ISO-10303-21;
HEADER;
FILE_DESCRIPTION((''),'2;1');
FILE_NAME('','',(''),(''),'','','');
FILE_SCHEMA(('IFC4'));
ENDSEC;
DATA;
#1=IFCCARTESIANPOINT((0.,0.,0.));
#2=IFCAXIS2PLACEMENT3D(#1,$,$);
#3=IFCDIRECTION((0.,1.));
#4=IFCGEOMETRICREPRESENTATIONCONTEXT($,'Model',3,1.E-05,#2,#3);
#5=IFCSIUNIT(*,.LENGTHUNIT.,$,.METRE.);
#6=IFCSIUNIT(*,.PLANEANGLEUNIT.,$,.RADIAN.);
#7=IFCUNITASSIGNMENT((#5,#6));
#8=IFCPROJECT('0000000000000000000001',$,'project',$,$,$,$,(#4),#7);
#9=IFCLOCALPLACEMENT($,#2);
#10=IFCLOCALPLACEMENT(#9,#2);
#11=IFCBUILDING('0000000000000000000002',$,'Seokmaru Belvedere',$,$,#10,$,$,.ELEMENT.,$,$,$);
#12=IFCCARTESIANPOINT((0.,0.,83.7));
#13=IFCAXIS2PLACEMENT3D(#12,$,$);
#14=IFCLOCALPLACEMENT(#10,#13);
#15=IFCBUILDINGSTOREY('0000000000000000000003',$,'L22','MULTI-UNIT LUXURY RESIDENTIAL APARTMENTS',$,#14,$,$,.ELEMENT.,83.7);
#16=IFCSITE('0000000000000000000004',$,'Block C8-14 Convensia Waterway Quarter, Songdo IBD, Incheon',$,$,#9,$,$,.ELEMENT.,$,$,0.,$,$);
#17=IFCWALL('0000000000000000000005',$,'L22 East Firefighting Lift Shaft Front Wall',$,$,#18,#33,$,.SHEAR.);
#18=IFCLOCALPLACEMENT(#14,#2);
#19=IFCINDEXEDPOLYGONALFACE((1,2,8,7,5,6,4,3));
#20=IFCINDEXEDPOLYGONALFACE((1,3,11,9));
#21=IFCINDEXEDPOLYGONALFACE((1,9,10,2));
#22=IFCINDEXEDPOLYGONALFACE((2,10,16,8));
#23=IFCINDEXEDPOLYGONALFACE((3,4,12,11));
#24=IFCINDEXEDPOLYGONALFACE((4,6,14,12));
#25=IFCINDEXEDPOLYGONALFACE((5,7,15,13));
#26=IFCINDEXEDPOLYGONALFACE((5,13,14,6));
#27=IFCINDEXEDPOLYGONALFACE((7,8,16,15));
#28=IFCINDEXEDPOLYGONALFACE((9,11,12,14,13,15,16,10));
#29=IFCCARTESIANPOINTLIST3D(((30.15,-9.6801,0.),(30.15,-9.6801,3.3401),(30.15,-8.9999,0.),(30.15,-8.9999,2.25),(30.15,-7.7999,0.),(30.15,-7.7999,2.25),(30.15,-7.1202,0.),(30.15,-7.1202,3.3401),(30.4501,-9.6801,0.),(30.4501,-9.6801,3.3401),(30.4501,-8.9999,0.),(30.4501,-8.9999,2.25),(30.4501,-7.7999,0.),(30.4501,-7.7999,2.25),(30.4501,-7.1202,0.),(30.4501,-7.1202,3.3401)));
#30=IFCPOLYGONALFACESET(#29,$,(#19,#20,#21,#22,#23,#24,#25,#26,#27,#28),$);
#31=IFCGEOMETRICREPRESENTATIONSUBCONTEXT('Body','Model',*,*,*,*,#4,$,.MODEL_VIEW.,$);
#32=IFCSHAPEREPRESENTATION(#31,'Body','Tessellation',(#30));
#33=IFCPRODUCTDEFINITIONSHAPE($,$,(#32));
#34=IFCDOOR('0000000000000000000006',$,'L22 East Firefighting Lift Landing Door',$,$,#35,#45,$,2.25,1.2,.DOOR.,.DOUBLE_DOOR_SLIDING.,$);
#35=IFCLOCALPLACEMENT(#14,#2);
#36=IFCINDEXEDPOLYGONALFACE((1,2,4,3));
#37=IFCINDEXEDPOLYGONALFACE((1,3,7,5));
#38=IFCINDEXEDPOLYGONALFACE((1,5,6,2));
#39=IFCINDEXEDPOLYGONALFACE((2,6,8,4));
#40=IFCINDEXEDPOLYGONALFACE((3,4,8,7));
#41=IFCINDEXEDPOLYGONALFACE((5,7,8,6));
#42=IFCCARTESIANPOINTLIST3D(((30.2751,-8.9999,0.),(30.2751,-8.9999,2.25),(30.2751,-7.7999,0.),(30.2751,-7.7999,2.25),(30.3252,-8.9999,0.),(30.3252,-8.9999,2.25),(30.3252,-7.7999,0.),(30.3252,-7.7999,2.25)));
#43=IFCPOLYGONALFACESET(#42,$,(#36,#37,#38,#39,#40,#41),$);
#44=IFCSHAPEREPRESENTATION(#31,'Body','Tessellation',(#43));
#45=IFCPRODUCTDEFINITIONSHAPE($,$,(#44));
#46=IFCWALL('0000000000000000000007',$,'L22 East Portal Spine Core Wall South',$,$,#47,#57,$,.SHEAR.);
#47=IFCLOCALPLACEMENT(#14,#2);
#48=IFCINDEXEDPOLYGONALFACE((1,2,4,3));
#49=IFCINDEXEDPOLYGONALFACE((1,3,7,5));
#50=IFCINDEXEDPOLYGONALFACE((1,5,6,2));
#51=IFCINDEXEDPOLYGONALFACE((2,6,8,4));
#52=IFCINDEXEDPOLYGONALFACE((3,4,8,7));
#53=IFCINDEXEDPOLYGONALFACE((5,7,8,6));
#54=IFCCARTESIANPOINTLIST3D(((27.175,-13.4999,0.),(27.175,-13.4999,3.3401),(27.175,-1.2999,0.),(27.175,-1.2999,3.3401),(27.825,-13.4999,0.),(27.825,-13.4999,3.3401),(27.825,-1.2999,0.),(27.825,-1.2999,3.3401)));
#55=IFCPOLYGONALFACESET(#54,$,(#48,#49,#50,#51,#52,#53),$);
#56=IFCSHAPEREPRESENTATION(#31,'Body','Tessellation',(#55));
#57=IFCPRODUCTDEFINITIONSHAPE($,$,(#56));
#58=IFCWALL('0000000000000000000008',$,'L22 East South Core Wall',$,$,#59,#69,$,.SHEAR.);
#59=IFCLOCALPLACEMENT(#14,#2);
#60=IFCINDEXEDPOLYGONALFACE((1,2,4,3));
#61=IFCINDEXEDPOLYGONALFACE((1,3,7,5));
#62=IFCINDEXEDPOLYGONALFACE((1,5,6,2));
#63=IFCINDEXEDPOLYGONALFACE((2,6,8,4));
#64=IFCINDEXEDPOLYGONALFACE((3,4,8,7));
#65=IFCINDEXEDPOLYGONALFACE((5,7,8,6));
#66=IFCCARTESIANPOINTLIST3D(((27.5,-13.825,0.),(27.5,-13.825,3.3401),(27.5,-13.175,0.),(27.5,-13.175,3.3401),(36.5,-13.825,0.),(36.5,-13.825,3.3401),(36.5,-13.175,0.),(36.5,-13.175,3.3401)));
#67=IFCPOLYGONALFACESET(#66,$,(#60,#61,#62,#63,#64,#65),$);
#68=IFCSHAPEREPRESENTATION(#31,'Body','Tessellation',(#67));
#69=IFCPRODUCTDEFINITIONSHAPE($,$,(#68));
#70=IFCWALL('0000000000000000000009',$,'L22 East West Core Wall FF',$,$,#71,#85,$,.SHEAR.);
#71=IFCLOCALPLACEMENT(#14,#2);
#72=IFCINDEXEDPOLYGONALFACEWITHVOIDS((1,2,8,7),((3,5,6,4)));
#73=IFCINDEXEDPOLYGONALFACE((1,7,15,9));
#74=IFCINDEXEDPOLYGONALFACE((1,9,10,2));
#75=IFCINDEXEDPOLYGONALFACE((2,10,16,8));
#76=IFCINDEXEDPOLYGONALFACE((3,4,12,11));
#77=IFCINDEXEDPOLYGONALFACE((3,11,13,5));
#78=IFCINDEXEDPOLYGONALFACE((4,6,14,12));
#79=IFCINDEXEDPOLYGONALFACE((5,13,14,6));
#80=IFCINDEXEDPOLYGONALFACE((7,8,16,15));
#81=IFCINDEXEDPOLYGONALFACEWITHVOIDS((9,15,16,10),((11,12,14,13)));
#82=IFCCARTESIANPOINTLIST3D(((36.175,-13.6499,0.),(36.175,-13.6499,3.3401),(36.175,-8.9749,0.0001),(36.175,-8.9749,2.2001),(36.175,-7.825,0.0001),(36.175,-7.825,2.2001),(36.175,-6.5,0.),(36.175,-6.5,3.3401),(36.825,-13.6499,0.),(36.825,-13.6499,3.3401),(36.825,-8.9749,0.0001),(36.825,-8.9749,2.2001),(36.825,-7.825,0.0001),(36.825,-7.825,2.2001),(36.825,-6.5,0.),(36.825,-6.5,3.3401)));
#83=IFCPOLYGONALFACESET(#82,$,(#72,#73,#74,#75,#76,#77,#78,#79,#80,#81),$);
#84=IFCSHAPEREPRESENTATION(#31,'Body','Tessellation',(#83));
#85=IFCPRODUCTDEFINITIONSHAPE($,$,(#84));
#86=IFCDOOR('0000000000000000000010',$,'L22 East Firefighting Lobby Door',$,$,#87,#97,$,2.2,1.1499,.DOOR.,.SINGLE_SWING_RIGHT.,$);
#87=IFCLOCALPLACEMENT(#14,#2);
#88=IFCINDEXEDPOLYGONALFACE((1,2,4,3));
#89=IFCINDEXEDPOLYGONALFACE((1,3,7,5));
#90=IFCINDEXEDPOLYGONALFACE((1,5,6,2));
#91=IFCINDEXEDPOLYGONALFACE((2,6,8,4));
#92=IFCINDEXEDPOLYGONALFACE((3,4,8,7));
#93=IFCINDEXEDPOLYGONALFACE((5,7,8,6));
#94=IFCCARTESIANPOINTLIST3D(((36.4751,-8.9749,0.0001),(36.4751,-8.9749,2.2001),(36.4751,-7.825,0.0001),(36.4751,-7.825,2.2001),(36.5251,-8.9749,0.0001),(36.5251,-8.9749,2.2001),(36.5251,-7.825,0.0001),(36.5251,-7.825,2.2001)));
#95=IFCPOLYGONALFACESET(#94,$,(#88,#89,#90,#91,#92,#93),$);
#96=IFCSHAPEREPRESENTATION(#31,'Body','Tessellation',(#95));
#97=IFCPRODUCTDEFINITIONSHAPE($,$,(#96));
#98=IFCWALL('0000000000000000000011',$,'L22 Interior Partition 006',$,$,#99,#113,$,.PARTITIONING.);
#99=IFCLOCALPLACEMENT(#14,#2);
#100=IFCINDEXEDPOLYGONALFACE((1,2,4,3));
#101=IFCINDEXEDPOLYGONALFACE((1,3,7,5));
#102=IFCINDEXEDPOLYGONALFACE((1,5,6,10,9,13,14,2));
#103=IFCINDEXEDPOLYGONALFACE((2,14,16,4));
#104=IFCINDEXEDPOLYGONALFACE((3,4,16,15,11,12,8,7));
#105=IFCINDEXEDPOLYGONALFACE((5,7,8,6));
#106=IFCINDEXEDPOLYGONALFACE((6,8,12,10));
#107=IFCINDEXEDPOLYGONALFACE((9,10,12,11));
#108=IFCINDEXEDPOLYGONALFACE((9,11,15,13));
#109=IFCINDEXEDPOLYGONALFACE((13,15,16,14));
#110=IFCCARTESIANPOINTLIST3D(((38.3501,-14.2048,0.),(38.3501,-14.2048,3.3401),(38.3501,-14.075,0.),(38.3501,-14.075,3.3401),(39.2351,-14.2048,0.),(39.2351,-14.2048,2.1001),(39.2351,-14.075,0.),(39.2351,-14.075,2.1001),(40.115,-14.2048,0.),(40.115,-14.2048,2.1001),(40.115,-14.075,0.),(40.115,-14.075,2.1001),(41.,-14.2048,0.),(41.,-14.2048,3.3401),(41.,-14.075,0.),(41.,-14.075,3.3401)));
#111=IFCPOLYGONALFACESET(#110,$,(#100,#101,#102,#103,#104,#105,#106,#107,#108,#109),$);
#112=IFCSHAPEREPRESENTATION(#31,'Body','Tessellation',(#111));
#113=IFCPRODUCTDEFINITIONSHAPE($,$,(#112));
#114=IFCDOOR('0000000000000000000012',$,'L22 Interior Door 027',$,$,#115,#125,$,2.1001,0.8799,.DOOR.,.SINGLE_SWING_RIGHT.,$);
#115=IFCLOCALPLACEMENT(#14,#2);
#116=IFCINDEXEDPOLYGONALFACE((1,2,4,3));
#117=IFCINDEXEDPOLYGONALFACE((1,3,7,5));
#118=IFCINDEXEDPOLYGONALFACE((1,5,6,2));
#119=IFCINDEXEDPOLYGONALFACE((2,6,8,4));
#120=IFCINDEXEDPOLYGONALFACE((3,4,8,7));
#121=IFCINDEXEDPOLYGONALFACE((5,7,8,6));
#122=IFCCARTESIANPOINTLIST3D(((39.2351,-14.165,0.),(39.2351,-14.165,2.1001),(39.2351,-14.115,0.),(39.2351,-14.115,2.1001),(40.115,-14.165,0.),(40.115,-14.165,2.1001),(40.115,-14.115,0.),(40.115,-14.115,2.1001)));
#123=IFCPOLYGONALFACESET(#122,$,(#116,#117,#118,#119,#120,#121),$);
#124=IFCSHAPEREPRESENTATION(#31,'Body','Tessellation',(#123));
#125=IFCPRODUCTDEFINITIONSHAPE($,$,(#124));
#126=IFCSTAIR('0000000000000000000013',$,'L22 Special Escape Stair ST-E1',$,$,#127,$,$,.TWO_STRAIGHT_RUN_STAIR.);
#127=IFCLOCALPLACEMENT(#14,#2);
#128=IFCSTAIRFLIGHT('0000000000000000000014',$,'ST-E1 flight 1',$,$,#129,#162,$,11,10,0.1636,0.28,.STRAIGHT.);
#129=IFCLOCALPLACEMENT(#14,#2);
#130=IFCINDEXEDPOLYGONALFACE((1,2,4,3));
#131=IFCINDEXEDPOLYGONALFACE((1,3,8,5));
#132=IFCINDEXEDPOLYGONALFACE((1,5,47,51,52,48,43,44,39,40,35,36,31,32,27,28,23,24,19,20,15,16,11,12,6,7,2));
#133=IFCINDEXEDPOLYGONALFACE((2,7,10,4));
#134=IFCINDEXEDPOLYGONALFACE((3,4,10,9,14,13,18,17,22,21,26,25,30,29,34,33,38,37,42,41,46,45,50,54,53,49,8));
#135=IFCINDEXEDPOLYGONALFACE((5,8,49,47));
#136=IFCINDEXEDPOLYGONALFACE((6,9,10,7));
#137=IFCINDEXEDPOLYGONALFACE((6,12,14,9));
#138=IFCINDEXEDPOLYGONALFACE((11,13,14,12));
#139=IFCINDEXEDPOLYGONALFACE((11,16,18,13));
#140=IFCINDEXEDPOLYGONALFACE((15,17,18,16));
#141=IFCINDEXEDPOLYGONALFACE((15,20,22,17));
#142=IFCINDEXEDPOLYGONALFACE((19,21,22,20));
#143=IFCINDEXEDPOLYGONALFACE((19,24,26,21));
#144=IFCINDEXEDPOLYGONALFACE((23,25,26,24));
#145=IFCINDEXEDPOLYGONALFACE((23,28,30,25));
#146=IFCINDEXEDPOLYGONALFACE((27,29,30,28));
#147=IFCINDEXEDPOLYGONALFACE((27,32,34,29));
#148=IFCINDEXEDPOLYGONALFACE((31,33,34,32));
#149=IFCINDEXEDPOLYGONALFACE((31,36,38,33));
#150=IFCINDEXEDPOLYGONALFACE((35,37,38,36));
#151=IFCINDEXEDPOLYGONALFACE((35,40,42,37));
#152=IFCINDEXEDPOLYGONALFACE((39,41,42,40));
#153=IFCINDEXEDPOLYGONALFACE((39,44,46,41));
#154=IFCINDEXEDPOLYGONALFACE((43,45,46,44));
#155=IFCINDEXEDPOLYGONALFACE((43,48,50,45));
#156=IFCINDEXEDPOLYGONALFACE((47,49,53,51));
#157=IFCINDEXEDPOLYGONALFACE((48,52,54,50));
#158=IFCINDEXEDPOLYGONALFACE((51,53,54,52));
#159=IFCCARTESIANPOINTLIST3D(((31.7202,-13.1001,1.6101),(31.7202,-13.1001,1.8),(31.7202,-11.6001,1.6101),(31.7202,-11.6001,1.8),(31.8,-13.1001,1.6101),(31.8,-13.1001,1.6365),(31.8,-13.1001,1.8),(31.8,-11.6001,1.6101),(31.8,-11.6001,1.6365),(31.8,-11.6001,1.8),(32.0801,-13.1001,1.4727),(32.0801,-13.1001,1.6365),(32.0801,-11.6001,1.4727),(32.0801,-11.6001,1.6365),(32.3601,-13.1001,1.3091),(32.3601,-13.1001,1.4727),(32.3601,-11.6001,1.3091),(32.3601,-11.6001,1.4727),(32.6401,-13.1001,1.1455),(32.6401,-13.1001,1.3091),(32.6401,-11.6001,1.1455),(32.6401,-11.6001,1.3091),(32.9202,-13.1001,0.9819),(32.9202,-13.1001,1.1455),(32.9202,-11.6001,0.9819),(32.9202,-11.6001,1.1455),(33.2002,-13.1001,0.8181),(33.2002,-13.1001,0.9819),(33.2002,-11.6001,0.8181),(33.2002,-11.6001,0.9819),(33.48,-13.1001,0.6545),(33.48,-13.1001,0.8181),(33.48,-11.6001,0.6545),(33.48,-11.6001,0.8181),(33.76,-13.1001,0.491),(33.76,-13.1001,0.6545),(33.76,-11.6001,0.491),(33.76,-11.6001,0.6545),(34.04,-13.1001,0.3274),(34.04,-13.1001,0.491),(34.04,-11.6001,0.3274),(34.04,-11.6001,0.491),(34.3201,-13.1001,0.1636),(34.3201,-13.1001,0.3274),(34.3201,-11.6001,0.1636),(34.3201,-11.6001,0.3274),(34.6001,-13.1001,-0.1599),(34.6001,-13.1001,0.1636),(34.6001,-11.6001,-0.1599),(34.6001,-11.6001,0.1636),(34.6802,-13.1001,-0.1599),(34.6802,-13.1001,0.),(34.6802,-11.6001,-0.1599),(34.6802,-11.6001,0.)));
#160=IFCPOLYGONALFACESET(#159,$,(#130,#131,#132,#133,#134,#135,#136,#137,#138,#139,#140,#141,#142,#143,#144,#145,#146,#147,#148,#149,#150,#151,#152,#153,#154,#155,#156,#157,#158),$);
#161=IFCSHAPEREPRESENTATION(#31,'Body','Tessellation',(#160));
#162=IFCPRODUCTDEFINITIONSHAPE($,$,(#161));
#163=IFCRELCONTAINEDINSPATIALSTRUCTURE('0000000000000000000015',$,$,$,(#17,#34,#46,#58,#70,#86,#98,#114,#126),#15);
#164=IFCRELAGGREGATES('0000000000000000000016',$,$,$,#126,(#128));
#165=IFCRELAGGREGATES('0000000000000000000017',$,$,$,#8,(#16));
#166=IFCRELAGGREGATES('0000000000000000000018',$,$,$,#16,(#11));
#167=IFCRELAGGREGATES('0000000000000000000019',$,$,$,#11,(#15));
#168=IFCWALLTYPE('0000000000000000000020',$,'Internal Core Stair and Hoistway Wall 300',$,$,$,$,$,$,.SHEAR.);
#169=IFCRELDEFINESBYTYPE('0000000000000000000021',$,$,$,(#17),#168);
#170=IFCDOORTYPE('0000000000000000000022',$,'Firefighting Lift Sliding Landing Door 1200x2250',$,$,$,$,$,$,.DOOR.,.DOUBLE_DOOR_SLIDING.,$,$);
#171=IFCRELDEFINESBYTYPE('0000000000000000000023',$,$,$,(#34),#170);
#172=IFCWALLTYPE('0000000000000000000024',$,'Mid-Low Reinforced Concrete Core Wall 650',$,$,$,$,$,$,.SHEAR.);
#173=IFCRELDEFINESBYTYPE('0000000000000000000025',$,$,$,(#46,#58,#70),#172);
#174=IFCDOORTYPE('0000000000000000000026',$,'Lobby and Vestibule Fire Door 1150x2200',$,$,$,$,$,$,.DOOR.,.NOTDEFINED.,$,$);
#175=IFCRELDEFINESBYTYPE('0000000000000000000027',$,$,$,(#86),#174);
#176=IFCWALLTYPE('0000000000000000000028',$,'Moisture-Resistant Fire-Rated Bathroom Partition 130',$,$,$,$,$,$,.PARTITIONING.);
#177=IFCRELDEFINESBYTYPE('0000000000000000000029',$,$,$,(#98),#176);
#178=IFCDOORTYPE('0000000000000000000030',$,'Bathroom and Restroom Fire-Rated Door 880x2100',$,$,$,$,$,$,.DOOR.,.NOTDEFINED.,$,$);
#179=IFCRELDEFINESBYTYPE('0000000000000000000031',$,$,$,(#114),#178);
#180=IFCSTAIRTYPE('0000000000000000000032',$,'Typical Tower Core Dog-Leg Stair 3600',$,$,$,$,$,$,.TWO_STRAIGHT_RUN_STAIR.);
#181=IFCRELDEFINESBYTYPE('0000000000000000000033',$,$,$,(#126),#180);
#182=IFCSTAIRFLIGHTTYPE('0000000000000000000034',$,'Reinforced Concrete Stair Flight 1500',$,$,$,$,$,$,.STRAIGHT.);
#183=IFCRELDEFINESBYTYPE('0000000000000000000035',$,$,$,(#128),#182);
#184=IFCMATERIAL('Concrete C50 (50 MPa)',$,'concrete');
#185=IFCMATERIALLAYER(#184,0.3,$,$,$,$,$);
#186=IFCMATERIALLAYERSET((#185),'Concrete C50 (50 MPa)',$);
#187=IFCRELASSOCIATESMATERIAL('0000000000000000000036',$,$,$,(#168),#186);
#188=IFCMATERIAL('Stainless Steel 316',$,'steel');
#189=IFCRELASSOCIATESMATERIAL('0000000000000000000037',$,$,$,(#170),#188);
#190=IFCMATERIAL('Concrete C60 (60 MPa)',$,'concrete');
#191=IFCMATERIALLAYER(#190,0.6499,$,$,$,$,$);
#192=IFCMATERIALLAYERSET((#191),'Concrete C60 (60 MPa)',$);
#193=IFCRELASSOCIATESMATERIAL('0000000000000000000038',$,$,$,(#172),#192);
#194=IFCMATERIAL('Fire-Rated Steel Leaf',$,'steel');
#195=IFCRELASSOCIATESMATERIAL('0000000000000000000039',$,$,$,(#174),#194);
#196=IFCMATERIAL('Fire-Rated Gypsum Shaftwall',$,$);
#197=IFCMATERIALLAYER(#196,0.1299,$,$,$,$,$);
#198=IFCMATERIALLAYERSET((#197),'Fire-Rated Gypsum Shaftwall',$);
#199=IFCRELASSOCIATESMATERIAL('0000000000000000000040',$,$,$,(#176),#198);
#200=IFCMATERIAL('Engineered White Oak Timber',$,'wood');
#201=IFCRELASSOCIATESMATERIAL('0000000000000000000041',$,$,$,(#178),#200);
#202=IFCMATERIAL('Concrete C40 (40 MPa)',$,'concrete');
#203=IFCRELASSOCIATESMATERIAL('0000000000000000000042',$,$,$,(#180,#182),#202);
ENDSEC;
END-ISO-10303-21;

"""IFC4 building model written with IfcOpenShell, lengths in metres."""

from ifc_helpers import new_model, si_unit, direction, frame, frame_2d, origin, place, context, subcontext, project, spatial, polyline, rectangle, outline, extrude, source, transform, mapped, material, layer, layer_set, type_object, type_shapes, element, fill, aggregate, save


model = new_model("IFC4")

# Units and contexts
model_context = context("Model", 3, precision=1e-05, world=origin(), true_north=direction((0.0, 1.0)))
body_context = subcontext(model_context, "Body", "Model", "MODEL_VIEW")
ifc_project = project(units=[si_unit("LENGTHUNIT", "METRE"), si_unit("PLANEANGLEUNIT", "RADIAN")], contexts=[model_context])

# Site, building, storey
site_placement = place(None, origin())
site = spatial("IfcSite", under=ifc_project, at=site_placement, Name="Block C8-14 Convensia Waterway Quarter, Songdo IBD, Incheon", CompositionType="ELEMENT", RefElevation=0.0)
building_placement = place(site_placement, origin())
building = spatial("IfcBuilding", under=site, at=building_placement, Name="Seokmaru Belvedere", CompositionType="ELEMENT")
storey_placement = place(building_placement, frame((0.0, 0.0, 83.7)))
storey = spatial("IfcBuildingStorey", under=building, at=storey_placement, Name="L22", Description="MULTI-UNIT LUXURY RESIDENTIAL APARTMENTS", CompositionType="ELEMENT", Elevation=83.7)

# Wall, opening, door
ifc_material_1 = material(Name="Concrete C50 (50 MPa)", Category="concrete")
ifc_layer_1 = layer(ifc_material_1, 0.3)
ifc_layer_set_1 = layer_set([ifc_layer_1], Name="Concrete C50 (50 MPa)")
wall_type_1 = type_object("IfcWallType", Name="Internal Core Stair and Hoistway Wall 300", PredefinedType="SHEAR", material=ifc_layer_set_1)
ifc_material_2 = material(Name="Fire-Rated Steel Leaf", Category="steel")
wall_1_placement = place(storey_placement, frame((30.3, -9.6799, 0.0), z_axis=(0.0, 0.0, 1.0), x_axis=(0.0, 1.0, 0.0)))
wall_1 = element("IfcWall", 1, at=wall_1_placement, inside=storey, type_object=wall_type_1, Name="L22 East Firefighting Lift Shaft Front Wall", PredefinedType="SHEAR", context=body_context, shape_type="SweptSolid", body=[
    extrude(rectangle(XDim=2.5598, YDim=0.3, at=frame_2d((1.2798, 0.0))), origin(), (0.0, 0.0, 1.0), 3.3401),
])
opening_1_placement = place(wall_1_placement, frame((0.6799, 0.0, 0.0)))
opening_1 = element("IfcOpeningElement", 2, at=opening_1_placement, cuts=wall_1, PredefinedType="OPENING", context=body_context, shape_type="SweptSolid", body=[
    extrude(rectangle(XDim=1.2, YDim=2.25, at=frame_2d((0.6001, 1.125))), frame((0.0, 0.1602, 0.0), z_axis=(0.0, -1.0, 0.0), x_axis=(1.0, 0.0, 0.0)), (0.0, 0.0, 1.0), 0.3201),
])
ifc_material_3 = material(Name="Stainless Steel 316", Category="steel")
door_type_1 = type_object("IfcDoorType", Name="Firefighting Lift Sliding Landing Door 1200x2250", OperationType="DOUBLE_DOOR_SLIDING", PredefinedType="DOOR", material=ifc_material_3)
shared_shape_1 = source(origin(), body_context, "Body", "SweptSolid", [
    extrude(rectangle(XDim=1.2, YDim=2.25, at=frame_2d((0.6001, 1.125))), frame((0.0, 0.0249, 0.0), z_axis=(0.0, -1.0, 0.0), x_axis=(1.0, 0.0, 0.0)), (0.0, 0.0, 1.0), 0.05),
])
type_shapes(door_type_1, [shared_shape_1])
door_1_placement = place(opening_1_placement, origin())
door_1 = element("IfcDoor", 3, at=door_1_placement, inside=storey, type_object=door_type_1, Name="L22 East Firefighting Lift Landing Door", OperationType="DOUBLE_DOOR_SLIDING", OverallHeight=2.25, OverallWidth=1.2, PredefinedType="DOOR", context=body_context, shape_type="MappedRepresentation", body=[
    mapped(shared_shape_1, transform((0.0, 0.0, 0.0), scale=1.0)),
])
fill(opening_1, door_1)

# Walls
ifc_material_4 = material(Name="Concrete C60 (60 MPa)", Category="concrete")
ifc_layer_2 = layer(ifc_material_4, 0.6499)
ifc_layer_set_2 = layer_set([ifc_layer_2], Name="Concrete C60 (60 MPa)")
wall_type_2 = type_object("IfcWallType", Name="Mid-Low Reinforced Concrete Core Wall 650", PredefinedType="SHEAR", material=ifc_layer_set_2)
wall_2_placement = place(storey_placement, frame((27.5, -13.5, 0.0), z_axis=(0.0, 0.0, 1.0), x_axis=(0.0, 1.0, 0.0)))
element("IfcWall", 4, at=wall_2_placement, inside=storey, type_object=wall_type_2, Name="L22 East Portal Spine Core Wall South", PredefinedType="SHEAR", context=body_context, shape_type="SweptSolid", body=[
    extrude(rectangle(XDim=12.2, YDim=0.6499, at=frame_2d((6.1001, 0.0))), origin(), (0.0, 0.0, 1.0), 3.3401),
])
wall_3_placement = place(storey_placement, frame((27.5, -13.5, 0.0), z_axis=(0.0, 0.0, 1.0), x_axis=(1.0, 0.0, 0.0)))
element("IfcWall", 5, at=wall_3_placement, inside=storey, type_object=wall_type_2, Name="L22 East South Core Wall", PredefinedType="SHEAR", context=body_context, shape_type="SweptSolid", body=[
    extrude(rectangle(XDim=9.0, YDim=0.6499, at=frame_2d((4.5, 0.0))), origin(), (0.0, 0.0, 1.0), 3.3401),
])

# Walls, openings, doors
wall_4_placement = place(storey_placement, frame((36.5, -13.6499, 0.0), z_axis=(0.0, 0.0, 1.0), x_axis=(0.0, 1.0, 0.0)))
wall_4 = element("IfcWall", 6, at=wall_4_placement, inside=storey, type_object=wall_type_2, Name="L22 East West Core Wall FF", PredefinedType="SHEAR", context=body_context, shape_type="SweptSolid", body=[
    extrude(rectangle(XDim=7.1499, YDim=0.6499, at=frame_2d((3.575, 0.0))), origin(), (0.0, 0.0, 1.0), 3.3401),
])
opening_2_placement = place(wall_4_placement, frame((4.675, 0.0, 0.0)))
opening_2 = element("IfcOpeningElement", 7, at=opening_2_placement, cuts=wall_4, PredefinedType="OPENING", context=body_context, shape_type="SweptSolid", body=[
    extrude(rectangle(XDim=1.1499, YDim=2.2, at=frame_2d((0.575, 1.1001))), frame((0.0, 0.335, 0.0), z_axis=(0.0, -1.0, 0.0), x_axis=(1.0, 0.0, 0.0)), (0.0, 0.0, 1.0), 0.6699),
])
door_type_2 = type_object("IfcDoorType", Name="Lobby and Vestibule Fire Door 1150x2200", OperationType="NOTDEFINED", PredefinedType="DOOR", material=ifc_material_2)
shared_shape_2 = source(origin(), body_context, "Body", "SweptSolid", [
    extrude(rectangle(XDim=1.1499, YDim=2.2, at=frame_2d((0.575, 1.1001))), frame((0.0, 0.0249, 0.0), z_axis=(0.0, -1.0, 0.0), x_axis=(1.0, 0.0, 0.0)), (0.0, 0.0, 1.0), 0.05),
])
type_shapes(door_type_2, [shared_shape_2])
door_2_placement = place(opening_2_placement, origin())
door_2 = element("IfcDoor", 8, at=door_2_placement, inside=storey, type_object=door_type_2, Name="L22 East Firefighting Lobby Door", OperationType="SINGLE_SWING_RIGHT", OverallHeight=2.2, OverallWidth=1.1499, PredefinedType="DOOR", context=body_context, shape_type="MappedRepresentation", body=[
    mapped(shared_shape_2, transform((0.0, 0.0, 0.0), scale=1.0)),
])
fill(opening_2, door_2)
ifc_material_5 = material(Name="Fire-Rated Gypsum Shaftwall")
ifc_layer_3 = layer(ifc_material_5, 0.1299)
ifc_layer_set_3 = layer_set([ifc_layer_3], Name="Fire-Rated Gypsum Shaftwall")
wall_type_3 = type_object("IfcWallType", Name="Moisture-Resistant Fire-Rated Bathroom Partition 130", PredefinedType="PARTITIONING", material=ifc_layer_set_3)
wall_5_placement = place(storey_placement, frame((38.3501, -14.1399, 0.0), z_axis=(0.0, 0.0, 1.0), x_axis=(1.0, 0.0, 0.0)))
wall_5 = element("IfcWall", 9, at=wall_5_placement, inside=storey, type_object=wall_type_3, Name="L22 Interior Partition 006", PredefinedType="PARTITIONING", context=body_context, shape_type="SweptSolid", body=[
    extrude(rectangle(XDim=2.6499, YDim=0.1299, at=frame_2d((1.325, 0.0))), origin(), (0.0, 0.0, 1.0), 3.3401),
])
opening_3_placement = place(wall_5_placement, frame((0.885, 0.0, 0.0)))
opening_3 = element("IfcOpeningElement", 10, at=opening_3_placement, cuts=wall_5, PredefinedType="OPENING", context=body_context, shape_type="SweptSolid", body=[
    extrude(rectangle(XDim=0.8799, YDim=2.1001, at=frame_2d((0.4399, 1.05))), frame((0.0, 0.075, 0.0), z_axis=(0.0, -1.0, 0.0), x_axis=(1.0, 0.0, 0.0)), (0.0, 0.0, 1.0), 0.1499),
])
ifc_material_6 = material(Name="Engineered White Oak Timber", Category="wood")
door_type_3 = type_object("IfcDoorType", Name="Bathroom and Restroom Fire-Rated Door 880x2100", OperationType="NOTDEFINED", PredefinedType="DOOR", material=ifc_material_6)
shared_shape_3 = source(origin(), body_context, "Body", "SweptSolid", [
    extrude(rectangle(XDim=0.8799, YDim=2.1001, at=frame_2d((0.4399, 1.05))), frame((0.0, 0.0249, 0.0), z_axis=(0.0, -1.0, 0.0), x_axis=(1.0, 0.0, 0.0)), (0.0, 0.0, 1.0), 0.05),
])
type_shapes(door_type_3, [shared_shape_3])
door_3_placement = place(opening_3_placement, origin())
door_3 = element("IfcDoor", 11, at=door_3_placement, inside=storey, type_object=door_type_3, Name="L22 Interior Door 027", OperationType="SINGLE_SWING_RIGHT", OverallHeight=2.1001, OverallWidth=0.8799, PredefinedType="DOOR", context=body_context, shape_type="MappedRepresentation", body=[
    mapped(shared_shape_3, transform((0.0, 0.0, 0.0), scale=1.0)),
])
fill(opening_3, door_3)

# Stair, stair flight
ifc_material_7 = material(Name="Concrete C40 (40 MPa)", Category="concrete")
stair_type = type_object("IfcStairType", Name="Typical Tower Core Dog-Leg Stair 3600", PredefinedType="TWO_STRAIGHT_RUN_STAIR", material=ifc_material_7)
stair_placement = place(storey_placement, origin())
stair = element("IfcStair", 12, at=stair_placement, inside=storey, type_object=stair_type, Name="L22 Special Escape Stair ST-E1", PredefinedType="TWO_STRAIGHT_RUN_STAIR")
stair_flight_type = type_object("IfcStairFlightType", Name="Reinforced Concrete Stair Flight 1500", PredefinedType="STRAIGHT", material=ifc_material_7)
stair_flight_1_placement = place(storey_placement, frame((34.6001, -12.3501, 0.0), z_axis=(0.0, 0.0, 1.0), x_axis=(-1.0, 0.0, 0.0)))
stair_flight_1 = element("IfcStairFlight", 13, at=stair_flight_1_placement, type_object=stair_flight_type, Name="ST-E1 flight 1", NumberOfRisers=11, NumberOfTreads=10, PredefinedType="STRAIGHT", RiserHeight=0.1636, TreadLength=0.28, context=body_context, shape_type="SweptSolid", body=[
    extrude(outline(polyline([(-0.0801, 0.0), (0.0, 0.1636), (0.28, 0.1636), (0.28, 0.3274), (0.5601, 0.3274), (0.5601, 0.491), (0.8401, 0.491), (0.8401, 0.6545), (1.1201, 0.6545), (1.1201, 0.8181), (1.3999, 0.8181), (1.3999, 0.9819), (1.6799, 0.9819), (1.6799, 1.1455), (1.96, 1.1455), (1.96, 1.3091), (2.24, 1.3091), (2.24, 1.4727), (2.52, 1.4727), (2.52, 1.6365), (2.8, 1.6365), (2.8, 1.8), (2.8799, 1.8), (2.8799, 1.6101), (2.8, 1.6101), (0.0, -0.1599), (-0.0801, -0.1599), (-0.0801, 0.0)])), frame((0.0, 0.75, 0.0), z_axis=(0.0, -1.0, 0.0), x_axis=(1.0, 0.0, 0.0)), (0.0, 0.0, 1.0), 1.5),
])
aggregate(stair, [stair_flight_1])

save(model, "model.ifc")
